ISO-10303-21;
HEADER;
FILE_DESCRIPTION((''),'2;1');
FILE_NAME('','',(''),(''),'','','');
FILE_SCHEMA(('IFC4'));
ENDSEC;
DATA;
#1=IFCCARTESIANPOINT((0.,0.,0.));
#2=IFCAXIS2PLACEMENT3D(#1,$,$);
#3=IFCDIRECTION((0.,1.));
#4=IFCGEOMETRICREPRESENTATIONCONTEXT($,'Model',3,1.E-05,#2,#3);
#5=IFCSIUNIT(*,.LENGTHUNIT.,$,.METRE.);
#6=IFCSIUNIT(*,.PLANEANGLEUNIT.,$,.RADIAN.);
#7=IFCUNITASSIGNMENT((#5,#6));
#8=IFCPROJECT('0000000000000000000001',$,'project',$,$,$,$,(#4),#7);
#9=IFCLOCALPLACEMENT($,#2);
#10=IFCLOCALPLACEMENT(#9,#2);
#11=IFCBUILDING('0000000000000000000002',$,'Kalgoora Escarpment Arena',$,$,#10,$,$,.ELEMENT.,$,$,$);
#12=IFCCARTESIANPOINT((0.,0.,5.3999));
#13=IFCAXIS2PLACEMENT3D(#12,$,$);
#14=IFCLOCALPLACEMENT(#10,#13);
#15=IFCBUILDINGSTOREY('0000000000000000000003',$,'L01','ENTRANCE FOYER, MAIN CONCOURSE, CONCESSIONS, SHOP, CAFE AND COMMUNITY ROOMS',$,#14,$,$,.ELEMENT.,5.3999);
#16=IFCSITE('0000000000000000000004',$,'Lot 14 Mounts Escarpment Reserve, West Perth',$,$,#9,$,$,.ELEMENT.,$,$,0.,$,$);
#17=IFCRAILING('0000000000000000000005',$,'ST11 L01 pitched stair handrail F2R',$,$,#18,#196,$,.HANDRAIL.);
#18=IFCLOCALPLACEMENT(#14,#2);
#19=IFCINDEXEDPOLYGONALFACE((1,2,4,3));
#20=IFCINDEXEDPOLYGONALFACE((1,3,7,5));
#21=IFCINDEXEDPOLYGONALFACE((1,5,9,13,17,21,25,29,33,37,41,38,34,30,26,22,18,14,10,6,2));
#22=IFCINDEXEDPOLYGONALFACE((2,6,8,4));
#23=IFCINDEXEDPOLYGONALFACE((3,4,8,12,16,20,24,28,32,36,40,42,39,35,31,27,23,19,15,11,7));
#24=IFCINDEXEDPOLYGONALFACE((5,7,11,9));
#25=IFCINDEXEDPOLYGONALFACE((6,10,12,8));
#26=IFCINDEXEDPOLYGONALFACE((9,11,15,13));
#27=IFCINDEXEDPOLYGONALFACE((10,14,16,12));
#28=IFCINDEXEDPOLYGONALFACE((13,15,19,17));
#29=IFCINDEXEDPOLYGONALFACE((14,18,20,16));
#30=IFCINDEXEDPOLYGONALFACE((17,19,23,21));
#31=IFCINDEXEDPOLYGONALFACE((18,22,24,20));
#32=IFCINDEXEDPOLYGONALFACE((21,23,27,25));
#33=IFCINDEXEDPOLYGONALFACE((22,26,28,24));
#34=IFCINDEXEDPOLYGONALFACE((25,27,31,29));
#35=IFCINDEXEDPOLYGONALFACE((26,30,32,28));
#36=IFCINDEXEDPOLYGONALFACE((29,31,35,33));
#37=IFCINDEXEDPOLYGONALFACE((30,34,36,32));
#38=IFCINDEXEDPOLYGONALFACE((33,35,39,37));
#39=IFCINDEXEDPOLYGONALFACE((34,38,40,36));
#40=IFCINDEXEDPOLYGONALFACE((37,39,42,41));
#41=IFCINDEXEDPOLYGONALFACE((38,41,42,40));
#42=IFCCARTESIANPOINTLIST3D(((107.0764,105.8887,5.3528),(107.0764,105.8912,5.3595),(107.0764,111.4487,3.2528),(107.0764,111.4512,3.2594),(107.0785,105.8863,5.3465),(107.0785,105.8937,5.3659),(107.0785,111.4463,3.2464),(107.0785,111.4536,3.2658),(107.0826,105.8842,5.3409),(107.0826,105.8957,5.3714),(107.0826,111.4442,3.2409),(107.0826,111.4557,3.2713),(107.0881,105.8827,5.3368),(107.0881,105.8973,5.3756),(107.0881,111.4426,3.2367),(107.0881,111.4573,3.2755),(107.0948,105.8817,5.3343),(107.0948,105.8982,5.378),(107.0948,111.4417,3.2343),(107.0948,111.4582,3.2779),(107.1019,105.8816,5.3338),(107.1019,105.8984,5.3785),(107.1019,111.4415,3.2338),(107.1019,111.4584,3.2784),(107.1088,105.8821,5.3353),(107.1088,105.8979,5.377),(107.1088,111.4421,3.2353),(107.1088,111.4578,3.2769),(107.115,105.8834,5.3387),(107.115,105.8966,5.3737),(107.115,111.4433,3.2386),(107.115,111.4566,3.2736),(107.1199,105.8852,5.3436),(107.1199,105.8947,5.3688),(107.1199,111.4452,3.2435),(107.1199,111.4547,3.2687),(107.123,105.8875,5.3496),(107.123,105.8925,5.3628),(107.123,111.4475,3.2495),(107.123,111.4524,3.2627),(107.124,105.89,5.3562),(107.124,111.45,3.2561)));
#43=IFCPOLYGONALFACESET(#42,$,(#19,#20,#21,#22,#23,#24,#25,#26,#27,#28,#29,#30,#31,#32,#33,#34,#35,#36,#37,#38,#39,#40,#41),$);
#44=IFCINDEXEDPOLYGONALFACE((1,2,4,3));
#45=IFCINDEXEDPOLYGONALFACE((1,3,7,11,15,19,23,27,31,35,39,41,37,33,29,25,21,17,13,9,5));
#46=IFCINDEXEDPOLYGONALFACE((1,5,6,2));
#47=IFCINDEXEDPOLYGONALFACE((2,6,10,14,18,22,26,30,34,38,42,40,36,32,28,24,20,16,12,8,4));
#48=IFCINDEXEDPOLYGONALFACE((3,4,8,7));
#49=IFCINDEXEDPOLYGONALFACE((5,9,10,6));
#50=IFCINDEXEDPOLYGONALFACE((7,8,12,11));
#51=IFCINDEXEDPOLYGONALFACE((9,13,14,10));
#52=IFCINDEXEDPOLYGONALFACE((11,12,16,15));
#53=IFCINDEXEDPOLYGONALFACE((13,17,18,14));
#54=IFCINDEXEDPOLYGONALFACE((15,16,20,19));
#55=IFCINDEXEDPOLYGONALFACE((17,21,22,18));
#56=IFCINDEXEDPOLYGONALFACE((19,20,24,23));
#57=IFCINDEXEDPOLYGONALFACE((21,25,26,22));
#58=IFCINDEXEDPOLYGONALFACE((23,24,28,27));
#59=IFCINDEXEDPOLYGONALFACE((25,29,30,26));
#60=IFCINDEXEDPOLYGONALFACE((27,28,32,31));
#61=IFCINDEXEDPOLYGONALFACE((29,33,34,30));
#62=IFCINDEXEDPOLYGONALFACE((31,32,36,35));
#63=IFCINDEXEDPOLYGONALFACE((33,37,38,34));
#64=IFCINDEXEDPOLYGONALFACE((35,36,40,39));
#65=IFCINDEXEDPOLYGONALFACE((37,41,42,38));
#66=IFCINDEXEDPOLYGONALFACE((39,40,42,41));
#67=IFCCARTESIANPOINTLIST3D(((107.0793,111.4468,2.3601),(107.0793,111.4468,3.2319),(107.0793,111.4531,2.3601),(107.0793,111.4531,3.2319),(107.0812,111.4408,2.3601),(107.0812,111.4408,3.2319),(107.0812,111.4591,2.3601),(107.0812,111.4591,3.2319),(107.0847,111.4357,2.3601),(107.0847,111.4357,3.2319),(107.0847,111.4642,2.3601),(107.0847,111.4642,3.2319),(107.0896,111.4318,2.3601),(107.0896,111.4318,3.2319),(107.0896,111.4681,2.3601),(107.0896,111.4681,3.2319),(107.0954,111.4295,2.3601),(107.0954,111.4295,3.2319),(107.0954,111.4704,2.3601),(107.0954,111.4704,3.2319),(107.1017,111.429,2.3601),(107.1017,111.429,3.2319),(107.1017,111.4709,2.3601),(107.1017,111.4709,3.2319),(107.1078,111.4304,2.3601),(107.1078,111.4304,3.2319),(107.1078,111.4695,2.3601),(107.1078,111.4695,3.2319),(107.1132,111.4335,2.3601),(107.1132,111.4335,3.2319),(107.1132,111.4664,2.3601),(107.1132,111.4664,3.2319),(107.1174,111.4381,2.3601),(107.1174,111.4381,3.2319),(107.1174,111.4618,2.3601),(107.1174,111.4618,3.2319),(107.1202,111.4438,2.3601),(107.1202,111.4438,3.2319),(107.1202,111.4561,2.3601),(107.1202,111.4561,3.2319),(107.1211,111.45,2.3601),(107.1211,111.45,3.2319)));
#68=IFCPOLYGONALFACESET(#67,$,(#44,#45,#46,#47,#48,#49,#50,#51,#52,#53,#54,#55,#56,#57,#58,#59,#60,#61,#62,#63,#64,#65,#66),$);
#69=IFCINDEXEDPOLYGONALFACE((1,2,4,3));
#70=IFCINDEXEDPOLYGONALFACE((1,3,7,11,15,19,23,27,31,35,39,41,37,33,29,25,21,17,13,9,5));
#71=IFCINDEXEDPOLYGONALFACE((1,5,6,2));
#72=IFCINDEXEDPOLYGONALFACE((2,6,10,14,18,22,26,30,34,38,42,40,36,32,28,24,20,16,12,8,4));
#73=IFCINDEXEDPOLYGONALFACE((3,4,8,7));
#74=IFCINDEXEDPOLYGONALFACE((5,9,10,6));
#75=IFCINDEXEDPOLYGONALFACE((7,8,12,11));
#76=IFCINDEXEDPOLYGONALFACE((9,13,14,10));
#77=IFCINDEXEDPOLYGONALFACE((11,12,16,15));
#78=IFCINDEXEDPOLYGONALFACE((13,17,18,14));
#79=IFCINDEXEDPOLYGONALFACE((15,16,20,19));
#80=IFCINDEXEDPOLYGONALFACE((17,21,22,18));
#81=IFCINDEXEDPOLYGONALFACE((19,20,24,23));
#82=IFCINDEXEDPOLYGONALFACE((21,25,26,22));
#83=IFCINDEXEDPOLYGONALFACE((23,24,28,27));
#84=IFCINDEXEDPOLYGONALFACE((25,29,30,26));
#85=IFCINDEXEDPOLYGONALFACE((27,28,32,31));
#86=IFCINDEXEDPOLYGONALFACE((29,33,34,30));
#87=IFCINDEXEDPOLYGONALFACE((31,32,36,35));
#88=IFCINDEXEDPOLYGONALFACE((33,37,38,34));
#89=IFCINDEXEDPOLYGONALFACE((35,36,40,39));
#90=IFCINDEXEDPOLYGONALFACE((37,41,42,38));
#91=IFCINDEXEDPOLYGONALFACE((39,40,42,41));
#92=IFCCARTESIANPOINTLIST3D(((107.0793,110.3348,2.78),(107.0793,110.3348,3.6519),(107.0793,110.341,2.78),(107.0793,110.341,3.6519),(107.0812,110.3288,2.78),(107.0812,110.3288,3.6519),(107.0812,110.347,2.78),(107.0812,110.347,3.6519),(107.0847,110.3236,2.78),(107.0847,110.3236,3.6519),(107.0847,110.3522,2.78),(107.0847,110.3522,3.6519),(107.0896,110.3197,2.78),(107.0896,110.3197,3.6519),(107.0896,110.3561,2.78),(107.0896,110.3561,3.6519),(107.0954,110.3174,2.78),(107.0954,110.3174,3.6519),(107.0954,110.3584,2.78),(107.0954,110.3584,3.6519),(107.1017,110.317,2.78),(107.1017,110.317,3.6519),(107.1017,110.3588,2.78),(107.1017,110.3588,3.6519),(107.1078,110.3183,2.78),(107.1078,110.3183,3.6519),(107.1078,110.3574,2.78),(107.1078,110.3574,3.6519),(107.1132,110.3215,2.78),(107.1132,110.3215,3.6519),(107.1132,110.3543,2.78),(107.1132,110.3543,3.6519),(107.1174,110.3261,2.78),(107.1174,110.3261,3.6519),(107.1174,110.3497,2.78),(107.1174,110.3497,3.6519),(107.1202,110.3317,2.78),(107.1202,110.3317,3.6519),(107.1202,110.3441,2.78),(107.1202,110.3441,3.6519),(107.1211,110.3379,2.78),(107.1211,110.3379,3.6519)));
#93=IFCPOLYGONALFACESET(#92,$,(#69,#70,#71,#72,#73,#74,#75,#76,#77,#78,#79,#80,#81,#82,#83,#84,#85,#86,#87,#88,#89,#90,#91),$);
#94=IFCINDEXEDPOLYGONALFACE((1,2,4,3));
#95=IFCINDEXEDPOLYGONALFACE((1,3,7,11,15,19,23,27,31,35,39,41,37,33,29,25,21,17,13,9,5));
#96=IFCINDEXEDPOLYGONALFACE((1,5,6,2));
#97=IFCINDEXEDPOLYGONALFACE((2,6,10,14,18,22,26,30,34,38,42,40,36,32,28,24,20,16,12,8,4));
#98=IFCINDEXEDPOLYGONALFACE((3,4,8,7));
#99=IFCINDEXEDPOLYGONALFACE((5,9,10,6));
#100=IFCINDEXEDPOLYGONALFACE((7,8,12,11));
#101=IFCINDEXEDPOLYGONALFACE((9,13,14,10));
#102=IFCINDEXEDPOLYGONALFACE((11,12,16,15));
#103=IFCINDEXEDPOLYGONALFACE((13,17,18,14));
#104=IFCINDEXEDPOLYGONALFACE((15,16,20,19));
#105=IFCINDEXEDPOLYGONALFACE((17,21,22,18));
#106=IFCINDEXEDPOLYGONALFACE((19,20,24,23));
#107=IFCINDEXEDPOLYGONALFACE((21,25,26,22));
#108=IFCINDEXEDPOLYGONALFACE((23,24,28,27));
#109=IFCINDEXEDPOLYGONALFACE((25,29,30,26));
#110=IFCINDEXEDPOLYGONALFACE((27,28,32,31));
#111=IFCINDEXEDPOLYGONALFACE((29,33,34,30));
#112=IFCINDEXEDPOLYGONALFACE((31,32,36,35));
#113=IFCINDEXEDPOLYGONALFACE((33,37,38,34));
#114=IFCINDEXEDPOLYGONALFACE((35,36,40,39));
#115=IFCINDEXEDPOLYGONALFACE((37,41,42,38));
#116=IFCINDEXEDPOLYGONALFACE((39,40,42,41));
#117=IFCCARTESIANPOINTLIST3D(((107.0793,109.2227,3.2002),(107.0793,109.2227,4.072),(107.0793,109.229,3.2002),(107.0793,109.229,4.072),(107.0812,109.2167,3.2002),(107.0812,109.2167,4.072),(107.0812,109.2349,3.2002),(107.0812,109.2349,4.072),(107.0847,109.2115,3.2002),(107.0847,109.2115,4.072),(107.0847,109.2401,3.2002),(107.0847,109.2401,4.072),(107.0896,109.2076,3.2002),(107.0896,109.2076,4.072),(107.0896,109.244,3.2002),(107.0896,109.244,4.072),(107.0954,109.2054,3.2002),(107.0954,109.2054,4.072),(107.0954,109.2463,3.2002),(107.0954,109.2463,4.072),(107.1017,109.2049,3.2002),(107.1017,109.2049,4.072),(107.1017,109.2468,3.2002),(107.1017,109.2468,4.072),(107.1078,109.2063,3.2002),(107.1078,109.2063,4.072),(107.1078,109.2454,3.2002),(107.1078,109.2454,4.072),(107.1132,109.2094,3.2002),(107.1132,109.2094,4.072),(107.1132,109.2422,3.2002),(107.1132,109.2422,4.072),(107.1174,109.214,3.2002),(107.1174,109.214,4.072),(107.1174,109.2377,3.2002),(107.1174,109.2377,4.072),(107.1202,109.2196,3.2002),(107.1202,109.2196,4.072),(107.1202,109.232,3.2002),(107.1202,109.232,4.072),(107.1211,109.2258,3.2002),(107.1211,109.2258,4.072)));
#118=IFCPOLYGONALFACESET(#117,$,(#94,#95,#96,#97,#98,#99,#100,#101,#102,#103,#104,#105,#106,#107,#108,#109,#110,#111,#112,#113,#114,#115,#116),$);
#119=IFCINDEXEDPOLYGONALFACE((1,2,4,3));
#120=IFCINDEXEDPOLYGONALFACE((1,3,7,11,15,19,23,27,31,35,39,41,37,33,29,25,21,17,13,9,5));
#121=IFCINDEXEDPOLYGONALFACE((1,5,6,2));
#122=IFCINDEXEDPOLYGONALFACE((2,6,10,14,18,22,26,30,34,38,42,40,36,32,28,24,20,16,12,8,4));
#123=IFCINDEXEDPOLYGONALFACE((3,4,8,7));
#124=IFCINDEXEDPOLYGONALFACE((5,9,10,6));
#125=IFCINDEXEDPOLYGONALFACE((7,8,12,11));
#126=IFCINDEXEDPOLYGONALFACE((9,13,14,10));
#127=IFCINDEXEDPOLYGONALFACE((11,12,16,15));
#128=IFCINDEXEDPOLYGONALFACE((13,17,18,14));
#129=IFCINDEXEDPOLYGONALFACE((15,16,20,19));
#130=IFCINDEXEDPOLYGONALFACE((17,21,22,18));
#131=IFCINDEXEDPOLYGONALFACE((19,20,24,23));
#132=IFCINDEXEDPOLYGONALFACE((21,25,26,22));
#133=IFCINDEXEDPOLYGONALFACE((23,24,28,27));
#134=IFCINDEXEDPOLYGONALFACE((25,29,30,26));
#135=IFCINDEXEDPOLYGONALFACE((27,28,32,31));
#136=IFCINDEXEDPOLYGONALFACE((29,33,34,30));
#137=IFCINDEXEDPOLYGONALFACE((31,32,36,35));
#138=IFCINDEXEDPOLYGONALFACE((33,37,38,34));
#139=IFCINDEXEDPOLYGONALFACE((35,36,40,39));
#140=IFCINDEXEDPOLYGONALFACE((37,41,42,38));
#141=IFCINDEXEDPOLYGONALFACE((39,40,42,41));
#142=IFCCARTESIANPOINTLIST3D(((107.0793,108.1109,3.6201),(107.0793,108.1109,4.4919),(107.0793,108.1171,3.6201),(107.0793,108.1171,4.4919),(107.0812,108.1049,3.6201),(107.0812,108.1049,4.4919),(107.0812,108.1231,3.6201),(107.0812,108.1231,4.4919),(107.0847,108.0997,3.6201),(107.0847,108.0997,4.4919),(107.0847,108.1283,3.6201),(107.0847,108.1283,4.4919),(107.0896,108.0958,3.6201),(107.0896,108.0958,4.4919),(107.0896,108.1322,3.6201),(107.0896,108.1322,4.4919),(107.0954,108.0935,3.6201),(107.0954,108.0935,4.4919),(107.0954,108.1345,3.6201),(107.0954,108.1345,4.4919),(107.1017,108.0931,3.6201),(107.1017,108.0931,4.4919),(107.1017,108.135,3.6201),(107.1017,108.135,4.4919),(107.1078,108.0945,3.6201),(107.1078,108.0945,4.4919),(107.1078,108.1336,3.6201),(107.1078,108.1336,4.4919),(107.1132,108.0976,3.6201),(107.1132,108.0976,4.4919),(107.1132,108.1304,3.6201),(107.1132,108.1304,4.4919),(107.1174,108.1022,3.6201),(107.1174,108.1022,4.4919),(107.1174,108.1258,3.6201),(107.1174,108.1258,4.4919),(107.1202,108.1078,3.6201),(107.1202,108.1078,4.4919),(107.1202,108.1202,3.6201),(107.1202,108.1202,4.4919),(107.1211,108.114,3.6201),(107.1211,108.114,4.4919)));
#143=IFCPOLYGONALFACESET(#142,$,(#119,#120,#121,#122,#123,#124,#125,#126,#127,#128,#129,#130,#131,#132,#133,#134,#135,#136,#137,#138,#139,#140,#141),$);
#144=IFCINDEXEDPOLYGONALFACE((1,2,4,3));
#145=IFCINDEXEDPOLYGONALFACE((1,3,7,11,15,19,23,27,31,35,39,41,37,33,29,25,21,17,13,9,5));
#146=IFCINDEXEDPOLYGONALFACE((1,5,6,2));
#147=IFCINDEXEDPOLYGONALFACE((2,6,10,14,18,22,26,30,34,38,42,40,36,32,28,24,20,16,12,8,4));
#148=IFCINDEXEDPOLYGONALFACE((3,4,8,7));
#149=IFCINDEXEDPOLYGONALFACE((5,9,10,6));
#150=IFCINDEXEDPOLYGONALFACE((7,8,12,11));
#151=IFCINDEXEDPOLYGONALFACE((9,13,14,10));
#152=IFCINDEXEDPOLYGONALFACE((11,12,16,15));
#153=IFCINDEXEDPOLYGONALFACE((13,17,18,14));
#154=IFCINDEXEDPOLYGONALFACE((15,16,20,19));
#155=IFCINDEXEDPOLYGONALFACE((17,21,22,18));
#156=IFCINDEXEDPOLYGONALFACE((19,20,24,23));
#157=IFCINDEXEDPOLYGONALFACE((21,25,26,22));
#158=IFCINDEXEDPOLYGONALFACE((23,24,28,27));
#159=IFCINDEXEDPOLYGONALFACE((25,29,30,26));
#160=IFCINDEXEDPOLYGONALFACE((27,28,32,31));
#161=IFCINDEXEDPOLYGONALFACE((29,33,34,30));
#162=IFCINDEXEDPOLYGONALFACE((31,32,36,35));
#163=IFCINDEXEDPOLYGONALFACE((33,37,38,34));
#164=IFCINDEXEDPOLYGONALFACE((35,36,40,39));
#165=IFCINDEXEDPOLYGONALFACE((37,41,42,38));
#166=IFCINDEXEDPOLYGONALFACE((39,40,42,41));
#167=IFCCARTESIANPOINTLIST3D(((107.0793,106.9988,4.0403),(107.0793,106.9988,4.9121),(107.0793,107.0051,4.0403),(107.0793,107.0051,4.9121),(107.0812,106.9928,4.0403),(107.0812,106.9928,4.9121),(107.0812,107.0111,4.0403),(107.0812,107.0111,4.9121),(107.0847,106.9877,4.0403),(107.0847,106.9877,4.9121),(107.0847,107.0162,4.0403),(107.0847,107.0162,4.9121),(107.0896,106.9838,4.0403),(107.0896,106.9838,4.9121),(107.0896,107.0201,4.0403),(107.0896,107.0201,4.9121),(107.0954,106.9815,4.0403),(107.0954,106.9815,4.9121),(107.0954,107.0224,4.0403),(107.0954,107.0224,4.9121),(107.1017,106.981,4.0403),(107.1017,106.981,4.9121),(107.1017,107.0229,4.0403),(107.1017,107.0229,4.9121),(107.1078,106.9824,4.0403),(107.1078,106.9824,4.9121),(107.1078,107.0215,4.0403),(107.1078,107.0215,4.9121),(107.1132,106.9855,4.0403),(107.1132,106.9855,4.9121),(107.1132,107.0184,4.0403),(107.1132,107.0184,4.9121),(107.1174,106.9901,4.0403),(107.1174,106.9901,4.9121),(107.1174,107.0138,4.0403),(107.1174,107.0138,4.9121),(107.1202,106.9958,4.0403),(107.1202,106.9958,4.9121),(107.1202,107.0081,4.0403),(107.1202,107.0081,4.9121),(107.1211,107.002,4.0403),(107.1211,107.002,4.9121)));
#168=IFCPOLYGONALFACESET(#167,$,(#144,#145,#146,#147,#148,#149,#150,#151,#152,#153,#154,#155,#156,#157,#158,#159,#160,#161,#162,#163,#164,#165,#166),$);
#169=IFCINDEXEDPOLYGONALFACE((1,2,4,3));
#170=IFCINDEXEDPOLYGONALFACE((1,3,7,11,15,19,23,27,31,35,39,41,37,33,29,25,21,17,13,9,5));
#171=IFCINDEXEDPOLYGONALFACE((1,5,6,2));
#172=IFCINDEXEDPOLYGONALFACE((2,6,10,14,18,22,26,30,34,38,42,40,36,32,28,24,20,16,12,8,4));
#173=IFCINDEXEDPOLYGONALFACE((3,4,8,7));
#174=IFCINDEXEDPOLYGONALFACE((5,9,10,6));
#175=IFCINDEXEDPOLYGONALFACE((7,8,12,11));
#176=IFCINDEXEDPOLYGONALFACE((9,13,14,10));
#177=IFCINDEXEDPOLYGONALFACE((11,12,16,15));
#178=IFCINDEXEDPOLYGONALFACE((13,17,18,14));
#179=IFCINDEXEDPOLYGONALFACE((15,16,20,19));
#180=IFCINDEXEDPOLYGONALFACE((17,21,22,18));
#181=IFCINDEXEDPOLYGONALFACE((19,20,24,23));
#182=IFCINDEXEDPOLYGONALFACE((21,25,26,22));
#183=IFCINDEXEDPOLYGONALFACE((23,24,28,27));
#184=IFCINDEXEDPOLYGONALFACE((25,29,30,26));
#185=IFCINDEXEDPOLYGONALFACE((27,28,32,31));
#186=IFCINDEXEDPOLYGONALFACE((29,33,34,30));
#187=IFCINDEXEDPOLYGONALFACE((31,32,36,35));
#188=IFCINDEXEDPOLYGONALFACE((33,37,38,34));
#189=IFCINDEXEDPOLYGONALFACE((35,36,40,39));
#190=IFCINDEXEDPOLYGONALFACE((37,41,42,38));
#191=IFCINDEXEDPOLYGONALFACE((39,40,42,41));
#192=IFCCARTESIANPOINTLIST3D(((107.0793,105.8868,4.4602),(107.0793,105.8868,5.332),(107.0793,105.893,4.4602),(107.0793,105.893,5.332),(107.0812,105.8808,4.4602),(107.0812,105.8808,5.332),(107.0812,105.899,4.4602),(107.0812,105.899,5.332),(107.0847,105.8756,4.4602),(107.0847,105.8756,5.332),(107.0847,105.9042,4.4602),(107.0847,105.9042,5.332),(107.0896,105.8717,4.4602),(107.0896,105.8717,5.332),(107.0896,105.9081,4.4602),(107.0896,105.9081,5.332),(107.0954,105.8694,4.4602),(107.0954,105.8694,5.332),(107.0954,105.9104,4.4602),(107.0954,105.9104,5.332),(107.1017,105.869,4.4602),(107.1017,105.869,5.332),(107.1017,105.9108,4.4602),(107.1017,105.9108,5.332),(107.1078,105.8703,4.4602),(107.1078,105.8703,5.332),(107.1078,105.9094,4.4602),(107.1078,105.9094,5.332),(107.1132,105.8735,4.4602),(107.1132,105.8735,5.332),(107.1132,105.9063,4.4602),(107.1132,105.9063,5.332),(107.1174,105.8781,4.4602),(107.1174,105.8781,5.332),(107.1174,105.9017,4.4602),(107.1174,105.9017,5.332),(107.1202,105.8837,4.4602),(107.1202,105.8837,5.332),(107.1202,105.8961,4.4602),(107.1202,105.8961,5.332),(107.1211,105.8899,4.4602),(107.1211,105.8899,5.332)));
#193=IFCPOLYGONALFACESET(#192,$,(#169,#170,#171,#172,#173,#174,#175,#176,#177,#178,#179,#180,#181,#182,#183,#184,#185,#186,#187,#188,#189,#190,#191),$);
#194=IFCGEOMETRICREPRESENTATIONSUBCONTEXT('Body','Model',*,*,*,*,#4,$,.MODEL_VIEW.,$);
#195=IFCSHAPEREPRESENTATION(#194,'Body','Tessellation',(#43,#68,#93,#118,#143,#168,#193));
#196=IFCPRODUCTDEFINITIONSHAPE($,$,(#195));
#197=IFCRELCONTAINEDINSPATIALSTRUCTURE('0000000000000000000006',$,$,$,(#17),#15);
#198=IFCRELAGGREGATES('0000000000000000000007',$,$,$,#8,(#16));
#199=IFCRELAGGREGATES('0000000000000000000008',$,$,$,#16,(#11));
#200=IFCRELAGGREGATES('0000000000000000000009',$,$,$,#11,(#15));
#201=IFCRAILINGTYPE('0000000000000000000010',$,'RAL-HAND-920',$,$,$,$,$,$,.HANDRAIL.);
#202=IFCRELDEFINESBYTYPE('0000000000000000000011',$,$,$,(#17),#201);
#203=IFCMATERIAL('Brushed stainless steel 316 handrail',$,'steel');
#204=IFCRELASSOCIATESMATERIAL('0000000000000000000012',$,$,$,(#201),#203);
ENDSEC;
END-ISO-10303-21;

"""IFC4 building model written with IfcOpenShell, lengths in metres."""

from ifc_helpers import new_model, si_unit, direction, frame, origin, origin_2d, place, context, subcontext, project, spatial, circle, extrude, material, type_object, element, save


model = new_model("IFC4")

# Units and contexts
model_context = context("Model", 3, precision=1e-05, world=origin(), true_north=direction((0.0, 1.0)))
body_context = subcontext(model_context, "Body", "Model", "MODEL_VIEW")
ifc_project = project(units=[si_unit("LENGTHUNIT", "METRE"), si_unit("PLANEANGLEUNIT", "RADIAN")], contexts=[model_context])

# Site, building, storey
site_placement = place(None, origin())
site = spatial("IfcSite", under=ifc_project, at=site_placement, Name="Lot 14 Mounts Escarpment Reserve, West Perth", CompositionType="ELEMENT", RefElevation=0.0)
building_placement = place(site_placement, origin())
building = spatial("IfcBuilding", under=site, at=building_placement, Name="Kalgoora Escarpment Arena", CompositionType="ELEMENT")
storey_placement = place(building_placement, frame((0.0, 0.0, 5.3999)))
storey = spatial("IfcBuildingStorey", under=building, at=storey_placement, Name="L01", Description="ENTRANCE FOYER, MAIN CONCOURSE, CONCESSIONS, SHOP, CAFE AND COMMUNITY ROOMS", CompositionType="ELEMENT", Elevation=5.3999)

# Railing
ifc_material_1 = material(Name="Brushed stainless steel 316 handrail", Category="steel")
railing_type_1 = type_object("IfcRailingType", Name="RAL-HAND-920", PredefinedType="HANDRAIL", material=ifc_material_1)
for number, where, name in (
    (1, (107.1001, 111.45, 2.3601), "ST11 L01 pitched stair handrail F2R"),
):
    element("IfcRailing", number, at=place(storey_placement, frame(where)), inside=storey, type_object=railing_type_1, Name=name, PredefinedType="HANDRAIL", context=body_context, shape_type="SweptSolid", body=[
        extrude(circle(Radius=0.0239, at=origin_2d()), frame((0.0, 0.0, 0.896), z_axis=(0.0, -0.935493, 0.353346), x_axis=(1.0, 0.0, 0.0)), (0.0, 0.0, 1.0), 5.9434),
        extrude(circle(Radius=0.021, at=origin_2d()), origin(), (0.0, 0.0, 1.0), 0.8718),
        extrude(circle(Radius=0.021, at=origin_2d()), frame((0.0, -1.1121, 0.4199)), (0.0, 0.0, 1.0), 0.8718),
        extrude(circle(Radius=0.021, at=origin_2d()), frame((0.0, -2.2241, 0.8401)), (0.0, 0.0, 1.0), 0.8718),
        extrude(circle(Radius=0.021, at=origin_2d()), frame((0.0, -3.3359, 1.26)), (0.0, 0.0, 1.0), 0.8718),
        extrude(circle(Radius=0.021, at=origin_2d()), frame((0.0, -4.448, 1.6802)), (0.0, 0.0, 1.0), 0.8718),
        extrude(circle(Radius=0.021, at=origin_2d()), frame((0.0, -5.5601, 2.1001)), (0.0, 0.0, 1.0), 0.8718),
    ])

save(model, "model.ifc")
